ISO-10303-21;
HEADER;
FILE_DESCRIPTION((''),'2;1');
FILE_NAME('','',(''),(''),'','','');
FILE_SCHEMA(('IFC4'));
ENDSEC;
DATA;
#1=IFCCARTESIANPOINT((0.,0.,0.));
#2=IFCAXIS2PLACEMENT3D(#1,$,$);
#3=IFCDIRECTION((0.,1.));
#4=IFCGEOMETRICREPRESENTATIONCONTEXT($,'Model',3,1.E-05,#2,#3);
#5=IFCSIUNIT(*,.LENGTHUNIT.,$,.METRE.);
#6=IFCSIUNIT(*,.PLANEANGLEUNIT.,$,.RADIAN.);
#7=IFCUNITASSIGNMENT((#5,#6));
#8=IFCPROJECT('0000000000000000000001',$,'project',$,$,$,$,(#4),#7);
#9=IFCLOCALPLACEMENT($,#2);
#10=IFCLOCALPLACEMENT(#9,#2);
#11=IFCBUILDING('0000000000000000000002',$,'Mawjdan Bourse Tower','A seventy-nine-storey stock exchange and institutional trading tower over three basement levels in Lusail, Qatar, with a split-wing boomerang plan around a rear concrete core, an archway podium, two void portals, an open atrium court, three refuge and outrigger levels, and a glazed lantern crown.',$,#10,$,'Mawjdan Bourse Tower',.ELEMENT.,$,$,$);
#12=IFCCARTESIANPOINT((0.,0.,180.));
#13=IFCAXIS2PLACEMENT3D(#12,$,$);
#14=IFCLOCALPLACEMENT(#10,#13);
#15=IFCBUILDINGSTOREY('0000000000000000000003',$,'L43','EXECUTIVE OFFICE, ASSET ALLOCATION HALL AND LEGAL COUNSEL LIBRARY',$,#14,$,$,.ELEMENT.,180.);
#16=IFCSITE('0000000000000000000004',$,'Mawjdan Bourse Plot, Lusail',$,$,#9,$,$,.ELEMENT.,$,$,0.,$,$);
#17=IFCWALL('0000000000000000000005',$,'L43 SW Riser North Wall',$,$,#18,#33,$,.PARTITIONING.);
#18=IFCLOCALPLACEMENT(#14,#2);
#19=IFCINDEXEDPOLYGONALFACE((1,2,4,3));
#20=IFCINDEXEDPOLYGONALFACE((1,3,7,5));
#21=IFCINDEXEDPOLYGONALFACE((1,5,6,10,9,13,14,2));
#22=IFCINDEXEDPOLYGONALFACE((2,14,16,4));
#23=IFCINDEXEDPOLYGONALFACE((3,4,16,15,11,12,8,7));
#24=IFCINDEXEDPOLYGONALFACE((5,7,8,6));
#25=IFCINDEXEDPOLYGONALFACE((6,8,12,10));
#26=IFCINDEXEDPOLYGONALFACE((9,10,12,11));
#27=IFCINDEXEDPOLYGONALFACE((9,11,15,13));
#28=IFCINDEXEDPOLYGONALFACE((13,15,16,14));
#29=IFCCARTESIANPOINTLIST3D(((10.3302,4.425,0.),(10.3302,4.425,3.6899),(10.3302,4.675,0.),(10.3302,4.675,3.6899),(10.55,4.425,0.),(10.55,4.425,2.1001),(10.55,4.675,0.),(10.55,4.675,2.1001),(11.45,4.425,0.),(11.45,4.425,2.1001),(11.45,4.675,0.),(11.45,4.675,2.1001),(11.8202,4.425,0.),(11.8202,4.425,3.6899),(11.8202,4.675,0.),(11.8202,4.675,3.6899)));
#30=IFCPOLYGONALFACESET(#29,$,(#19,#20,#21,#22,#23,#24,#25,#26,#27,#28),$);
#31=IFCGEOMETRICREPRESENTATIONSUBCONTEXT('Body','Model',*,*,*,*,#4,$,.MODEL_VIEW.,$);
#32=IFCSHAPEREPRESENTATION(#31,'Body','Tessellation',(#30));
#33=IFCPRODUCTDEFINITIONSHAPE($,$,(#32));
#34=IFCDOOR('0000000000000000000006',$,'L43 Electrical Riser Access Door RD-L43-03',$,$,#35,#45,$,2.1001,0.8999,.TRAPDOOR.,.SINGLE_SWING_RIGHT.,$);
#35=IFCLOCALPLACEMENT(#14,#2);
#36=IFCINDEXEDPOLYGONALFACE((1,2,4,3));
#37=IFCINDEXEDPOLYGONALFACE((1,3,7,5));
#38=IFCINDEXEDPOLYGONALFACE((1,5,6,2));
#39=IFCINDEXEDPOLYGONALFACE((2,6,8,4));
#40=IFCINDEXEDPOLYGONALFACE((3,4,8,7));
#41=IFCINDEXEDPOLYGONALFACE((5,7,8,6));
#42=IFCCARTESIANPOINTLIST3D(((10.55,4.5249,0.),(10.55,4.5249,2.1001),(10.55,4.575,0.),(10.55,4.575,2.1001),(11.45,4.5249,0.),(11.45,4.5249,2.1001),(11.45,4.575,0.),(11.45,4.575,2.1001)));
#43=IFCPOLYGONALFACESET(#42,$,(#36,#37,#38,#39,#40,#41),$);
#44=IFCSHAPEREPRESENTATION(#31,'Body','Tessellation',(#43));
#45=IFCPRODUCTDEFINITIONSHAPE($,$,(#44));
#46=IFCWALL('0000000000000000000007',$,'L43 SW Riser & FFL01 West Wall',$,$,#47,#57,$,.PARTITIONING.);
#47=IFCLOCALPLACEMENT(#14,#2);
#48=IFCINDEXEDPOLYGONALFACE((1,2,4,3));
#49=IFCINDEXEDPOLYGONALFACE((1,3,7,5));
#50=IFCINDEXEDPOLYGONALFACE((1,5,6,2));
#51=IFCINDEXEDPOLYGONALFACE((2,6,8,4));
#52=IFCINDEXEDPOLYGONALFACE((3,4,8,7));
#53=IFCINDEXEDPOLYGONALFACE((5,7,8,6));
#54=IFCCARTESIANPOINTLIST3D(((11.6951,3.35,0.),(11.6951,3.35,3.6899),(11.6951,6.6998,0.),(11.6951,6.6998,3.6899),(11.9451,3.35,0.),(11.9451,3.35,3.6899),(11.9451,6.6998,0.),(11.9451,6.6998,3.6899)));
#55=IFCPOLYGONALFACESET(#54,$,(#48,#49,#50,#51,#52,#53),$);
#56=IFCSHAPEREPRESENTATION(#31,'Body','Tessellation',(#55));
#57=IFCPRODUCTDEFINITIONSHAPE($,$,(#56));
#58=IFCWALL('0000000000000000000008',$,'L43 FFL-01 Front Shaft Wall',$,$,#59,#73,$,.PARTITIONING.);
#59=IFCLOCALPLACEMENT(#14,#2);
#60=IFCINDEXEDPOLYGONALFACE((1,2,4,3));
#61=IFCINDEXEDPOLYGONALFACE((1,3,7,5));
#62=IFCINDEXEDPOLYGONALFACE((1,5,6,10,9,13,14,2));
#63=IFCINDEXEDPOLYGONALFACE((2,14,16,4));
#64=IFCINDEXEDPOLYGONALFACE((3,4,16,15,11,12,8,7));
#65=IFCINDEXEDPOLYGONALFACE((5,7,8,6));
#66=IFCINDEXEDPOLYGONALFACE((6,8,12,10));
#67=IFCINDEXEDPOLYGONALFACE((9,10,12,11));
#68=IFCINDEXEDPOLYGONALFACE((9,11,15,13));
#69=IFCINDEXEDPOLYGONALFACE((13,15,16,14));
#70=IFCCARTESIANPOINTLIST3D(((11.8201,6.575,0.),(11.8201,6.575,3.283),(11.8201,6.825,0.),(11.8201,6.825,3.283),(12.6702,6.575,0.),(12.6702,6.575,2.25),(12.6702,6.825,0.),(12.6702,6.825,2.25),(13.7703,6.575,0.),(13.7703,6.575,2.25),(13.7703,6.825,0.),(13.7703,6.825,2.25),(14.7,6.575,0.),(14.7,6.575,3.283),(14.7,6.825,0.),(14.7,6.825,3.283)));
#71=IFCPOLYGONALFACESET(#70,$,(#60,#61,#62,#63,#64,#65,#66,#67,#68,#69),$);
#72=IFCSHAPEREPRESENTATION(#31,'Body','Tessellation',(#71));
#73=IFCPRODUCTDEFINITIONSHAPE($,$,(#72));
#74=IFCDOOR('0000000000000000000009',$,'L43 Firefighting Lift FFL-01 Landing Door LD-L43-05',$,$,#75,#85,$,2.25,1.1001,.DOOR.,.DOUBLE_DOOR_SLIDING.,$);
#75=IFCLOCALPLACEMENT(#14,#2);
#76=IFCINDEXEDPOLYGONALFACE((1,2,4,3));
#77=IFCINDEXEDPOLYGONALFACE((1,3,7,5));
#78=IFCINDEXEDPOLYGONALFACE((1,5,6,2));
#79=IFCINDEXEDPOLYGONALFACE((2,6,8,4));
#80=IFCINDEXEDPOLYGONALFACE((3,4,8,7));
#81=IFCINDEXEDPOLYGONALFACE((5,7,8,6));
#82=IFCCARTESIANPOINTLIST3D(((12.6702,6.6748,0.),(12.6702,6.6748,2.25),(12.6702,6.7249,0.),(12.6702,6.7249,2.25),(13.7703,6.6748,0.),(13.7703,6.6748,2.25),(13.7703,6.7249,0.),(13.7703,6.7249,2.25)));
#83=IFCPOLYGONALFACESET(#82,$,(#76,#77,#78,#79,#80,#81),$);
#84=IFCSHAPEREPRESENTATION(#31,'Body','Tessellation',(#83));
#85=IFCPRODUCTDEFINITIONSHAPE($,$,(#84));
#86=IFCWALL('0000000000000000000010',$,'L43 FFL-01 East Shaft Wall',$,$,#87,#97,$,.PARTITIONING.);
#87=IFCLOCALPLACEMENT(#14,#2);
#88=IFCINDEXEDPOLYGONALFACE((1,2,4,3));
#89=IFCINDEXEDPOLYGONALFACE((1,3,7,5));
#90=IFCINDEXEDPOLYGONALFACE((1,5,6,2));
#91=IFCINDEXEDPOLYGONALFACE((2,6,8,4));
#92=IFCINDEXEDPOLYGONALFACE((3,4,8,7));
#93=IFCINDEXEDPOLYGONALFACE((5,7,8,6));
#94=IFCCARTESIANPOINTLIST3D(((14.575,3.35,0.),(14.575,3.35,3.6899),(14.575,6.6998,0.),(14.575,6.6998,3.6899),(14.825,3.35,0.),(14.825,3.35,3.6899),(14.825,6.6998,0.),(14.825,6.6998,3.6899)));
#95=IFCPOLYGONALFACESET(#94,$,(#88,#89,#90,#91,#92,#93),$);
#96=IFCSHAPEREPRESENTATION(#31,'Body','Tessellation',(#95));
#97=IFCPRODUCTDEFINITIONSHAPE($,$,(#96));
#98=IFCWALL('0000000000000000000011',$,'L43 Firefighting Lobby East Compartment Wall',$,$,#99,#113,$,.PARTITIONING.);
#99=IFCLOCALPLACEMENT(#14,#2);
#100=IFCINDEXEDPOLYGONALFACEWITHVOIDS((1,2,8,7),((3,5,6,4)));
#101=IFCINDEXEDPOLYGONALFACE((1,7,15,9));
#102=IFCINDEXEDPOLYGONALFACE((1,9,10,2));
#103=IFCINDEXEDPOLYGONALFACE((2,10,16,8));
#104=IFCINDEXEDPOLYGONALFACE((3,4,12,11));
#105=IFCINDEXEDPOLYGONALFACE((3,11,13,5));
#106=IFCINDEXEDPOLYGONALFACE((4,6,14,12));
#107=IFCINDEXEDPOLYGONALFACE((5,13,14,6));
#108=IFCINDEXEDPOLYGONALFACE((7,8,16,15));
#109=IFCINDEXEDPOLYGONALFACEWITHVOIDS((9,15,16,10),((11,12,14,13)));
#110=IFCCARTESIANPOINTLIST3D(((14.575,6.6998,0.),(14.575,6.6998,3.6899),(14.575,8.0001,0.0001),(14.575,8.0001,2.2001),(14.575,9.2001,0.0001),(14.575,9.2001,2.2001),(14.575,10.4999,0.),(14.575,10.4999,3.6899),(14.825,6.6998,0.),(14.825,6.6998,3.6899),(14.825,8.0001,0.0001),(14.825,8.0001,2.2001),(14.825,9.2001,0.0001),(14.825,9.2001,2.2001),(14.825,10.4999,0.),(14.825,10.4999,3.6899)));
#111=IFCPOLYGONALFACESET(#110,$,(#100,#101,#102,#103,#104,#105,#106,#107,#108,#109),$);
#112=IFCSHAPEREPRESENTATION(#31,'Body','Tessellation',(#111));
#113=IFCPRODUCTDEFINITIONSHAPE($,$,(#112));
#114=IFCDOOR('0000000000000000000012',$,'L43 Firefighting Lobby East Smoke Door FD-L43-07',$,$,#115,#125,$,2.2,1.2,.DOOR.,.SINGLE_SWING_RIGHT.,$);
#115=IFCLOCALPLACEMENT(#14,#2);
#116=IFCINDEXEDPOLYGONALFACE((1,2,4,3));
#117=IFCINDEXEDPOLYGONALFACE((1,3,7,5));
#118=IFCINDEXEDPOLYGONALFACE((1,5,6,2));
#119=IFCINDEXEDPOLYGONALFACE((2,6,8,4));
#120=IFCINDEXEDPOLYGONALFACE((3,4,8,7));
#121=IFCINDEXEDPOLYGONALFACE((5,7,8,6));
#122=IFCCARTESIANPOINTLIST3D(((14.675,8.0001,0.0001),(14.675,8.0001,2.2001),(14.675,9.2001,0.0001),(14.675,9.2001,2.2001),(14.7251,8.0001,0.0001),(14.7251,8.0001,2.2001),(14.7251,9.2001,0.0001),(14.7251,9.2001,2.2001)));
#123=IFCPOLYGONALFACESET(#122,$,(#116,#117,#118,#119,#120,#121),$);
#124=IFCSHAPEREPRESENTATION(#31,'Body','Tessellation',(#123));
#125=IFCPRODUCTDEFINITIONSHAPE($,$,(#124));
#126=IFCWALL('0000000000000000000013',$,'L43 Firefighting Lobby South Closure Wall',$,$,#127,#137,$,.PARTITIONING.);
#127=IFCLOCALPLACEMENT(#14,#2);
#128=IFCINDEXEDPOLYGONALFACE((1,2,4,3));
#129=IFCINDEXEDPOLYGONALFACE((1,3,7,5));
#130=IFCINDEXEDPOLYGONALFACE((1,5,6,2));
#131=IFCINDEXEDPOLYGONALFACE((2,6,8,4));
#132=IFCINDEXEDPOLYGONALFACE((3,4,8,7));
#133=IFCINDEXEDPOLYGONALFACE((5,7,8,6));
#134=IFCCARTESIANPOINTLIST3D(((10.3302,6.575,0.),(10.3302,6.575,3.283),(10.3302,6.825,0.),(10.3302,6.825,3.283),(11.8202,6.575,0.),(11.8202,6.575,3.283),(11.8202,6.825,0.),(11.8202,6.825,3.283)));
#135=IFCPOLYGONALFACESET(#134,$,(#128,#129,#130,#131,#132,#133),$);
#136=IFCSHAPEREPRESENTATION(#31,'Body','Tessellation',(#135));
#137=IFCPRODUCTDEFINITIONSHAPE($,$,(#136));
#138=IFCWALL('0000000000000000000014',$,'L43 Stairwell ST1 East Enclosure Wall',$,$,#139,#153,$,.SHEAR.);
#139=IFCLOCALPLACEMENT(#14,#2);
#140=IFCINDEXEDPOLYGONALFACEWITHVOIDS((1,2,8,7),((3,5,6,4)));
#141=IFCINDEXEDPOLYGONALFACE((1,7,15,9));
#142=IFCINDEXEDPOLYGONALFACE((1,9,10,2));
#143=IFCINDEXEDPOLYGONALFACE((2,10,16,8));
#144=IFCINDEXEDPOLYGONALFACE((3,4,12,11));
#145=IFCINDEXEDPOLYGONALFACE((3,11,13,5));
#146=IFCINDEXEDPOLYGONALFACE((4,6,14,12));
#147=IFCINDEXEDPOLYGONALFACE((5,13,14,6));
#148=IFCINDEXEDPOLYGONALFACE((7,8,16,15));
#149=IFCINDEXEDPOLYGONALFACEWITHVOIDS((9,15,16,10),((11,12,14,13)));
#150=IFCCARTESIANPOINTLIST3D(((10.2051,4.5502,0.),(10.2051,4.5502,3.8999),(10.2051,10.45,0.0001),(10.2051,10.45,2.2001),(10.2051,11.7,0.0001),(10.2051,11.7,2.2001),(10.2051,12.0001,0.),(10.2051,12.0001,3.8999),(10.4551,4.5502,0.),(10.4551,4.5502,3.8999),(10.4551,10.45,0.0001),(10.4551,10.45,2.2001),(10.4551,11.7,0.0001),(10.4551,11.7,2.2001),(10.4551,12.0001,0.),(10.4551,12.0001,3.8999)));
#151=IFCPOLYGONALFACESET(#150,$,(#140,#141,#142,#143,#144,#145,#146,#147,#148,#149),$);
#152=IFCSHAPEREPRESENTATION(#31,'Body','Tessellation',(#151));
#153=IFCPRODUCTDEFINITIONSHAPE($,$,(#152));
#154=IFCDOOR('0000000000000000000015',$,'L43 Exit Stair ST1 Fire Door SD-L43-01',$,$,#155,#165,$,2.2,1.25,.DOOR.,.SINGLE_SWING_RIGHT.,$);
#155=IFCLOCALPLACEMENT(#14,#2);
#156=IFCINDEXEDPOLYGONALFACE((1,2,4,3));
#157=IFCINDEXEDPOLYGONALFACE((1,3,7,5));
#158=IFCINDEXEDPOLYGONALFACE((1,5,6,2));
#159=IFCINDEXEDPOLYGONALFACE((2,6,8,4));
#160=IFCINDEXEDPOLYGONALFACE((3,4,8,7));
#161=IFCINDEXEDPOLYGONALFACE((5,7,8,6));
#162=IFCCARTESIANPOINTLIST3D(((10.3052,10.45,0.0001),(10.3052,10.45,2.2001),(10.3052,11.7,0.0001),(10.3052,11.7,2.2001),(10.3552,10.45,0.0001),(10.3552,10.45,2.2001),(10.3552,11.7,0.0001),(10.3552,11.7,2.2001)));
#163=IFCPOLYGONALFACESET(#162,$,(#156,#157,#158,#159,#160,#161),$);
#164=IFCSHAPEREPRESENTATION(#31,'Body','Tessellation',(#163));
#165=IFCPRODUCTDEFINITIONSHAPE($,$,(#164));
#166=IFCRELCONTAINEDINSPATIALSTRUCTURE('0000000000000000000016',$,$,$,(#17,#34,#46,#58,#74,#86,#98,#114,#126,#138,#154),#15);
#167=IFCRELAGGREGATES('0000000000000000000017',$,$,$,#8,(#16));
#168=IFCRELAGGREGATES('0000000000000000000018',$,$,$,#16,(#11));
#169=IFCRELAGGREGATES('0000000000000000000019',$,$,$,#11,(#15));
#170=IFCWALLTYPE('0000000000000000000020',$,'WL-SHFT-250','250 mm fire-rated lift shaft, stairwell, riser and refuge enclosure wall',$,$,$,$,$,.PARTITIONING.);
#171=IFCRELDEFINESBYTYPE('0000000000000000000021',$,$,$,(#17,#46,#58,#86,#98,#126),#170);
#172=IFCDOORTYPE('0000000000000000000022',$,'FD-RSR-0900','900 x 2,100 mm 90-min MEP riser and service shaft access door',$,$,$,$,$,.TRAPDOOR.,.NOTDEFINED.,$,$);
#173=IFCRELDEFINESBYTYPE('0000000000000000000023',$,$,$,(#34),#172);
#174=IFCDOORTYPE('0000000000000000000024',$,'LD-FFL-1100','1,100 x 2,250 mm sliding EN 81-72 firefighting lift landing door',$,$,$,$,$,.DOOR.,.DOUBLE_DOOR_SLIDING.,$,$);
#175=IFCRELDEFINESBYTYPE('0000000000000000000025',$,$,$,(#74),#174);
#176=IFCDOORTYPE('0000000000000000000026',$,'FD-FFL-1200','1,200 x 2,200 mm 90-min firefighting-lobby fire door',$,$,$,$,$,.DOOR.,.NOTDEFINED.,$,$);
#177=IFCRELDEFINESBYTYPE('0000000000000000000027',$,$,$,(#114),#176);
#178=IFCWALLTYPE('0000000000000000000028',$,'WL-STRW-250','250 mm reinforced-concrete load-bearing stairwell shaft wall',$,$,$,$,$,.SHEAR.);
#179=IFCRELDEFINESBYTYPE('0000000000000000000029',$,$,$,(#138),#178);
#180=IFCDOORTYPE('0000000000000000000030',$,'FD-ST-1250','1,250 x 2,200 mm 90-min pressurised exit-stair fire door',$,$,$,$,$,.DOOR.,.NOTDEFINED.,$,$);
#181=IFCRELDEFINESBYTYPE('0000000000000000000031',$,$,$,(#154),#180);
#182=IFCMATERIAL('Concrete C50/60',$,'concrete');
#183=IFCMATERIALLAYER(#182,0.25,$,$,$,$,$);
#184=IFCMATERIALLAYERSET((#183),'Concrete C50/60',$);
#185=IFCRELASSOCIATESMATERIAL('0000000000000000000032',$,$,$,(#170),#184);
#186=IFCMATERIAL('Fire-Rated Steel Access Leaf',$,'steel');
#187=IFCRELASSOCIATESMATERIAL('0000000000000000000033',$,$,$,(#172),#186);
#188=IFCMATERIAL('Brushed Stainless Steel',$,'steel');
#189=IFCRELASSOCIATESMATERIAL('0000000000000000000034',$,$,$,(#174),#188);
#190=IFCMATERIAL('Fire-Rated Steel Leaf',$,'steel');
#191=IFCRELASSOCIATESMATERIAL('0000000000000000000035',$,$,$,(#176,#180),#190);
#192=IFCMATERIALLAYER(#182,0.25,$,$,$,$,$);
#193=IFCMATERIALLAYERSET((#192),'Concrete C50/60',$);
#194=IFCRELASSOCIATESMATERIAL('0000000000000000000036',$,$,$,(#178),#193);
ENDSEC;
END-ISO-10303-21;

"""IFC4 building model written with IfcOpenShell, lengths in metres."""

from ifc_helpers import new_model, si_unit, direction, frame, frame_2d, origin, place, context, subcontext, project, spatial, rectangle, extrude, material, layer, layer_set, type_object, element, fill, save


model = new_model("IFC4")

# Units and contexts
model_context = context("Model", 3, precision=1e-05, world=origin(), true_north=direction((0.0, 1.0)))
body_context = subcontext(model_context, "Body", "Model", "MODEL_VIEW")
ifc_project = project(units=[si_unit("LENGTHUNIT", "METRE"), si_unit("PLANEANGLEUNIT", "RADIAN")], contexts=[model_context])

# Site, building, storey
site_placement = place(None, origin())
site = spatial("IfcSite", under=ifc_project, at=site_placement, Name="Mawjdan Bourse Plot, Lusail", CompositionType="ELEMENT", RefElevation=0.0)
building_placement = place(site_placement, origin())
building = spatial("IfcBuilding", under=site, at=building_placement, Name="Mawjdan Bourse Tower", Description="A seventy-nine-storey stock exchange and institutional trading tower over three basement levels in Lusail, Qatar, with a split-wing boomerang plan around a rear concrete core, an archway podium, two void portals, an open atrium court, three refuge and outrigger levels, and a glazed lantern crown.", LongName="Mawjdan Bourse Tower", CompositionType="ELEMENT")
storey_placement = place(building_placement, frame((0.0, 0.0, 180.0)))
storey = spatial("IfcBuildingStorey", under=building, at=storey_placement, Name="L43", Description="EXECUTIVE OFFICE, ASSET ALLOCATION HALL AND LEGAL COUNSEL LIBRARY", CompositionType="ELEMENT", Elevation=180.0)

# Shared definitions
ifc_material_1 = material(Name="Concrete C50/60", Category="concrete")

# Wall, opening, door
ifc_layer_1 = layer(ifc_material_1, 0.25)
ifc_layer_set_1 = layer_set([ifc_layer_1], Name="Concrete C50/60")
wall_type_1 = type_object("IfcWallType", Name="WL-SHFT-250", Description="250 mm fire-rated lift shaft, stairwell, riser and refuge enclosure wall", PredefinedType="PARTITIONING", material=ifc_layer_set_1)
wall_1_placement = place(storey_placement, frame((10.3301, 4.55, 0.0), z_axis=(0.0, 0.0, 1.0), x_axis=(1.0, 0.0, 0.0)))
wall_1 = element("IfcWall", 1, at=wall_1_placement, inside=storey, type_object=wall_type_1, Name="L43 SW Riser North Wall", PredefinedType="PARTITIONING", context=body_context, shape_type="SweptSolid", body=[
    extrude(rectangle(XDim=1.49, YDim=0.25, at=frame_2d((0.7451, 0.0))), origin(), (0.0, 0.0, 1.0), 3.6899),
])
opening_1_placement = place(wall_1_placement, frame((0.22, 0.0, 0.0)))
opening_1 = element("IfcOpeningElement", 2, at=opening_1_placement, cuts=wall_1, PredefinedType="OPENING", context=body_context, shape_type="SweptSolid", body=[
    extrude(rectangle(XDim=0.8999, YDim=2.1001, at=frame_2d((0.45, 1.05))), frame((0.0, 0.135, 0.0), z_axis=(0.0, -1.0, 0.0), x_axis=(1.0, 0.0, 0.0)), (0.0, 0.0, 1.0), 0.27),
])
ifc_material_2 = material(Name="Fire-Rated Steel Access Leaf", Category="steel")
door_type_1 = type_object("IfcDoorType", Name="FD-RSR-0900", Description="900 x 2,100 mm 90-min MEP riser and service shaft access door", OperationType="NOTDEFINED", PredefinedType="TRAPDOOR", material=ifc_material_2)
door_1_placement = place(opening_1_placement, origin())
door_1 = element("IfcDoor", 3, at=door_1_placement, inside=storey, type_object=door_type_1, Name="L43 Electrical Riser Access Door RD-L43-03", OperationType="SINGLE_SWING_RIGHT", OverallHeight=2.1001, OverallWidth=0.8999, PredefinedType="TRAPDOOR", context=body_context, shape_type="SweptSolid", body=[
    extrude(rectangle(XDim=0.8999, YDim=2.1001, at=frame_2d((0.45, 1.05))), frame((0.0, 0.0249, 0.0), z_axis=(0.0, -1.0, 0.0), x_axis=(1.0, 0.0, 0.0)), (0.0, 0.0, 1.0), 0.05),
])
fill(opening_1, door_1)

# Wall
wall_2_placement = place(storey_placement, frame((11.8201, 3.3501, 0.0), z_axis=(0.0, 0.0, 1.0), x_axis=(0.0, 1.0, 0.0)))
element("IfcWall", 4, at=wall_2_placement, inside=storey, type_object=wall_type_1, Name="L43 SW Riser & FFL01 West Wall", PredefinedType="PARTITIONING", context=body_context, shape_type="SweptSolid", body=[
    extrude(rectangle(XDim=3.3499, YDim=0.25, at=frame_2d((1.6748, 0.0))), origin(), (0.0, 0.0, 1.0), 3.6899),
])

# Wall, opening, door
wall_3_placement = place(storey_placement, frame((11.8201, 6.7, 0.0), z_axis=(0.0, 0.0, 1.0), x_axis=(1.0, 0.0, 0.0)))
wall_3 = element("IfcWall", 5, at=wall_3_placement, inside=storey, type_object=wall_type_1, Name="L43 FFL-01 Front Shaft Wall", PredefinedType="PARTITIONING", context=body_context, shape_type="SweptSolid", body=[
    extrude(rectangle(XDim=2.8799, YDim=0.25, at=frame_2d((1.4399, 0.0))), origin(), (0.0, 0.0, 1.0), 3.283),
])
opening_2_placement = place(wall_3_placement, frame((0.8501, 0.0, 0.0)))
opening_2 = element("IfcOpeningElement", 6, at=opening_2_placement, cuts=wall_3, PredefinedType="OPENING", context=body_context, shape_type="SweptSolid", body=[
    extrude(rectangle(XDim=1.1001, YDim=2.25, at=frame_2d((0.55, 1.125))), frame((0.0, 0.135, 0.0), z_axis=(0.0, -1.0, 0.0), x_axis=(1.0, 0.0, 0.0)), (0.0, 0.0, 1.0), 0.27),
])
ifc_material_3 = material(Name="Brushed Stainless Steel", Category="steel")
door_type_2 = type_object("IfcDoorType", Name="LD-FFL-1100", Description="1,100 x 2,250 mm sliding EN 81-72 firefighting lift landing door", OperationType="DOUBLE_DOOR_SLIDING", PredefinedType="DOOR", material=ifc_material_3)
door_2_placement = place(opening_2_placement, origin())
door_2 = element("IfcDoor", 7, at=door_2_placement, inside=storey, type_object=door_type_2, Name="L43 Firefighting Lift FFL-01 Landing Door LD-L43-05", OperationType="DOUBLE_DOOR_SLIDING", OverallHeight=2.25, OverallWidth=1.1001, PredefinedType="DOOR", context=body_context, shape_type="SweptSolid", body=[
    extrude(rectangle(XDim=1.1001, YDim=2.25, at=frame_2d((0.55, 1.125))), frame((0.0, 0.0249, 0.0), z_axis=(0.0, -1.0, 0.0), x_axis=(1.0, 0.0, 0.0)), (0.0, 0.0, 1.0), 0.05),
])
fill(opening_2, door_2)

# Wall
wall_4_placement = place(storey_placement, frame((14.7, 3.3501, 0.0), z_axis=(0.0, 0.0, 1.0), x_axis=(0.0, 1.0, 0.0)))
element("IfcWall", 8, at=wall_4_placement, inside=storey, type_object=wall_type_1, Name="L43 FFL-01 East Shaft Wall", PredefinedType="PARTITIONING", context=body_context, shape_type="SweptSolid", body=[
    extrude(rectangle(XDim=3.3499, YDim=0.25, at=frame_2d((1.6748, 0.0))), origin(), (0.0, 0.0, 1.0), 3.6899),
])

# Wall, opening, door
wall_5_placement = place(storey_placement, frame((14.7, 6.7, 0.0), z_axis=(0.0, 0.0, 1.0), x_axis=(0.0, 1.0, 0.0)))
wall_5 = element("IfcWall", 9, at=wall_5_placement, inside=storey, type_object=wall_type_1, Name="L43 Firefighting Lobby East Compartment Wall", PredefinedType="PARTITIONING", context=body_context, shape_type="SweptSolid", body=[
    extrude(rectangle(XDim=3.8, YDim=0.25, at=frame_2d((1.8999, 0.0))), origin(), (0.0, 0.0, 1.0), 3.6899),
])
opening_3_placement = place(wall_5_placement, frame((1.3, 0.0, 0.0)))
opening_3 = element("IfcOpeningElement", 10, at=opening_3_placement, cuts=wall_5, PredefinedType="OPENING", context=body_context, shape_type="SweptSolid", body=[
    extrude(rectangle(XDim=1.2, YDim=2.2, at=frame_2d((0.6001, 1.1001))), frame((0.0, 0.135, 0.0), z_axis=(0.0, -1.0, 0.0), x_axis=(1.0, 0.0, 0.0)), (0.0, 0.0, 1.0), 0.27),
])
ifc_material_4 = material(Name="Fire-Rated Steel Leaf", Category="steel")
door_type_3 = type_object("IfcDoorType", Name="FD-FFL-1200", Description="1,200 x 2,200 mm 90-min firefighting-lobby fire door", OperationType="NOTDEFINED", PredefinedType="DOOR", material=ifc_material_4)
door_3_placement = place(opening_3_placement, origin())
door_3 = element("IfcDoor", 11, at=door_3_placement, inside=storey, type_object=door_type_3, Name="L43 Firefighting Lobby East Smoke Door FD-L43-07", OperationType="SINGLE_SWING_RIGHT", OverallHeight=2.2, OverallWidth=1.2, PredefinedType="DOOR", context=body_context, shape_type="SweptSolid", body=[
    extrude(rectangle(XDim=1.2, YDim=2.2, at=frame_2d((0.6001, 1.1001))), frame((0.0, 0.0249, 0.0), z_axis=(0.0, -1.0, 0.0), x_axis=(1.0, 0.0, 0.0)), (0.0, 0.0, 1.0), 0.05),
])
fill(opening_3, door_3)

# Wall
wall_6_placement = place(storey_placement, frame((10.3301, 6.7, 0.0), z_axis=(0.0, 0.0, 1.0), x_axis=(1.0, 0.0, 0.0)))
element("IfcWall", 12, at=wall_6_placement, inside=storey, type_object=wall_type_1, Name="L43 Firefighting Lobby South Closure Wall", PredefinedType="PARTITIONING", context=body_context, shape_type="SweptSolid", body=[
    extrude(rectangle(XDim=1.49, YDim=0.25, at=frame_2d((0.7451, 0.0))), origin(), (0.0, 0.0, 1.0), 3.283),
])
ifc_layer_2 = layer(ifc_material_1, 0.25)
ifc_layer_set_2 = layer_set([ifc_layer_2], Name="Concrete C50/60")
wall_type_2 = type_object("IfcWallType", Name="WL-STRW-250", Description="250 mm reinforced-concrete load-bearing stairwell shaft wall", PredefinedType="SHEAR", material=ifc_layer_set_2)

# Wall, opening, door
wall_7_placement = place(storey_placement, frame((10.3301, 4.55, 0.0), z_axis=(0.0, 0.0, 1.0), x_axis=(0.0, 1.0, 0.0)))
wall_7 = element("IfcWall", 13, at=wall_7_placement, inside=storey, type_object=wall_type_2, Name="L43 Stairwell ST1 East Enclosure Wall", PredefinedType="SHEAR", context=body_context, shape_type="SweptSolid", body=[
    extrude(rectangle(XDim=7.45, YDim=0.25, at=frame_2d((3.7251, 0.0))), origin(), (0.0, 0.0, 1.0), 3.8999),
])
opening_4_placement = place(wall_7_placement, frame((5.8999, 0.0, 0.0)))
opening_4 = element("IfcOpeningElement", 14, at=opening_4_placement, cuts=wall_7, PredefinedType="OPENING", context=body_context, shape_type="SweptSolid", body=[
    extrude(rectangle(XDim=1.25, YDim=2.2, at=frame_2d((0.625, 1.1001))), frame((0.0, 0.135, 0.0), z_axis=(0.0, -1.0, 0.0), x_axis=(1.0, 0.0, 0.0)), (0.0, 0.0, 1.0), 0.27),
])
door_type_4 = type_object("IfcDoorType", Name="FD-ST-1250", Description="1,250 x 2,200 mm 90-min pressurised exit-stair fire door", OperationType="NOTDEFINED", PredefinedType="DOOR", material=ifc_material_4)
door_4_placement = place(opening_4_placement, origin())
door_4 = element("IfcDoor", 15, at=door_4_placement, inside=storey, type_object=door_type_4, Name="L43 Exit Stair ST1 Fire Door SD-L43-01", OperationType="SINGLE_SWING_RIGHT", OverallHeight=2.2, OverallWidth=1.25, PredefinedType="DOOR", context=body_context, shape_type="SweptSolid", body=[
    extrude(rectangle(XDim=1.25, YDim=2.2, at=frame_2d((0.625, 1.1001))), frame((0.0, 0.0249, 0.0), z_axis=(0.0, -1.0, 0.0), x_axis=(1.0, 0.0, 0.0)), (0.0, 0.0, 1.0), 0.05),
])
fill(opening_4, door_4)

save(model, "model.ifc")
